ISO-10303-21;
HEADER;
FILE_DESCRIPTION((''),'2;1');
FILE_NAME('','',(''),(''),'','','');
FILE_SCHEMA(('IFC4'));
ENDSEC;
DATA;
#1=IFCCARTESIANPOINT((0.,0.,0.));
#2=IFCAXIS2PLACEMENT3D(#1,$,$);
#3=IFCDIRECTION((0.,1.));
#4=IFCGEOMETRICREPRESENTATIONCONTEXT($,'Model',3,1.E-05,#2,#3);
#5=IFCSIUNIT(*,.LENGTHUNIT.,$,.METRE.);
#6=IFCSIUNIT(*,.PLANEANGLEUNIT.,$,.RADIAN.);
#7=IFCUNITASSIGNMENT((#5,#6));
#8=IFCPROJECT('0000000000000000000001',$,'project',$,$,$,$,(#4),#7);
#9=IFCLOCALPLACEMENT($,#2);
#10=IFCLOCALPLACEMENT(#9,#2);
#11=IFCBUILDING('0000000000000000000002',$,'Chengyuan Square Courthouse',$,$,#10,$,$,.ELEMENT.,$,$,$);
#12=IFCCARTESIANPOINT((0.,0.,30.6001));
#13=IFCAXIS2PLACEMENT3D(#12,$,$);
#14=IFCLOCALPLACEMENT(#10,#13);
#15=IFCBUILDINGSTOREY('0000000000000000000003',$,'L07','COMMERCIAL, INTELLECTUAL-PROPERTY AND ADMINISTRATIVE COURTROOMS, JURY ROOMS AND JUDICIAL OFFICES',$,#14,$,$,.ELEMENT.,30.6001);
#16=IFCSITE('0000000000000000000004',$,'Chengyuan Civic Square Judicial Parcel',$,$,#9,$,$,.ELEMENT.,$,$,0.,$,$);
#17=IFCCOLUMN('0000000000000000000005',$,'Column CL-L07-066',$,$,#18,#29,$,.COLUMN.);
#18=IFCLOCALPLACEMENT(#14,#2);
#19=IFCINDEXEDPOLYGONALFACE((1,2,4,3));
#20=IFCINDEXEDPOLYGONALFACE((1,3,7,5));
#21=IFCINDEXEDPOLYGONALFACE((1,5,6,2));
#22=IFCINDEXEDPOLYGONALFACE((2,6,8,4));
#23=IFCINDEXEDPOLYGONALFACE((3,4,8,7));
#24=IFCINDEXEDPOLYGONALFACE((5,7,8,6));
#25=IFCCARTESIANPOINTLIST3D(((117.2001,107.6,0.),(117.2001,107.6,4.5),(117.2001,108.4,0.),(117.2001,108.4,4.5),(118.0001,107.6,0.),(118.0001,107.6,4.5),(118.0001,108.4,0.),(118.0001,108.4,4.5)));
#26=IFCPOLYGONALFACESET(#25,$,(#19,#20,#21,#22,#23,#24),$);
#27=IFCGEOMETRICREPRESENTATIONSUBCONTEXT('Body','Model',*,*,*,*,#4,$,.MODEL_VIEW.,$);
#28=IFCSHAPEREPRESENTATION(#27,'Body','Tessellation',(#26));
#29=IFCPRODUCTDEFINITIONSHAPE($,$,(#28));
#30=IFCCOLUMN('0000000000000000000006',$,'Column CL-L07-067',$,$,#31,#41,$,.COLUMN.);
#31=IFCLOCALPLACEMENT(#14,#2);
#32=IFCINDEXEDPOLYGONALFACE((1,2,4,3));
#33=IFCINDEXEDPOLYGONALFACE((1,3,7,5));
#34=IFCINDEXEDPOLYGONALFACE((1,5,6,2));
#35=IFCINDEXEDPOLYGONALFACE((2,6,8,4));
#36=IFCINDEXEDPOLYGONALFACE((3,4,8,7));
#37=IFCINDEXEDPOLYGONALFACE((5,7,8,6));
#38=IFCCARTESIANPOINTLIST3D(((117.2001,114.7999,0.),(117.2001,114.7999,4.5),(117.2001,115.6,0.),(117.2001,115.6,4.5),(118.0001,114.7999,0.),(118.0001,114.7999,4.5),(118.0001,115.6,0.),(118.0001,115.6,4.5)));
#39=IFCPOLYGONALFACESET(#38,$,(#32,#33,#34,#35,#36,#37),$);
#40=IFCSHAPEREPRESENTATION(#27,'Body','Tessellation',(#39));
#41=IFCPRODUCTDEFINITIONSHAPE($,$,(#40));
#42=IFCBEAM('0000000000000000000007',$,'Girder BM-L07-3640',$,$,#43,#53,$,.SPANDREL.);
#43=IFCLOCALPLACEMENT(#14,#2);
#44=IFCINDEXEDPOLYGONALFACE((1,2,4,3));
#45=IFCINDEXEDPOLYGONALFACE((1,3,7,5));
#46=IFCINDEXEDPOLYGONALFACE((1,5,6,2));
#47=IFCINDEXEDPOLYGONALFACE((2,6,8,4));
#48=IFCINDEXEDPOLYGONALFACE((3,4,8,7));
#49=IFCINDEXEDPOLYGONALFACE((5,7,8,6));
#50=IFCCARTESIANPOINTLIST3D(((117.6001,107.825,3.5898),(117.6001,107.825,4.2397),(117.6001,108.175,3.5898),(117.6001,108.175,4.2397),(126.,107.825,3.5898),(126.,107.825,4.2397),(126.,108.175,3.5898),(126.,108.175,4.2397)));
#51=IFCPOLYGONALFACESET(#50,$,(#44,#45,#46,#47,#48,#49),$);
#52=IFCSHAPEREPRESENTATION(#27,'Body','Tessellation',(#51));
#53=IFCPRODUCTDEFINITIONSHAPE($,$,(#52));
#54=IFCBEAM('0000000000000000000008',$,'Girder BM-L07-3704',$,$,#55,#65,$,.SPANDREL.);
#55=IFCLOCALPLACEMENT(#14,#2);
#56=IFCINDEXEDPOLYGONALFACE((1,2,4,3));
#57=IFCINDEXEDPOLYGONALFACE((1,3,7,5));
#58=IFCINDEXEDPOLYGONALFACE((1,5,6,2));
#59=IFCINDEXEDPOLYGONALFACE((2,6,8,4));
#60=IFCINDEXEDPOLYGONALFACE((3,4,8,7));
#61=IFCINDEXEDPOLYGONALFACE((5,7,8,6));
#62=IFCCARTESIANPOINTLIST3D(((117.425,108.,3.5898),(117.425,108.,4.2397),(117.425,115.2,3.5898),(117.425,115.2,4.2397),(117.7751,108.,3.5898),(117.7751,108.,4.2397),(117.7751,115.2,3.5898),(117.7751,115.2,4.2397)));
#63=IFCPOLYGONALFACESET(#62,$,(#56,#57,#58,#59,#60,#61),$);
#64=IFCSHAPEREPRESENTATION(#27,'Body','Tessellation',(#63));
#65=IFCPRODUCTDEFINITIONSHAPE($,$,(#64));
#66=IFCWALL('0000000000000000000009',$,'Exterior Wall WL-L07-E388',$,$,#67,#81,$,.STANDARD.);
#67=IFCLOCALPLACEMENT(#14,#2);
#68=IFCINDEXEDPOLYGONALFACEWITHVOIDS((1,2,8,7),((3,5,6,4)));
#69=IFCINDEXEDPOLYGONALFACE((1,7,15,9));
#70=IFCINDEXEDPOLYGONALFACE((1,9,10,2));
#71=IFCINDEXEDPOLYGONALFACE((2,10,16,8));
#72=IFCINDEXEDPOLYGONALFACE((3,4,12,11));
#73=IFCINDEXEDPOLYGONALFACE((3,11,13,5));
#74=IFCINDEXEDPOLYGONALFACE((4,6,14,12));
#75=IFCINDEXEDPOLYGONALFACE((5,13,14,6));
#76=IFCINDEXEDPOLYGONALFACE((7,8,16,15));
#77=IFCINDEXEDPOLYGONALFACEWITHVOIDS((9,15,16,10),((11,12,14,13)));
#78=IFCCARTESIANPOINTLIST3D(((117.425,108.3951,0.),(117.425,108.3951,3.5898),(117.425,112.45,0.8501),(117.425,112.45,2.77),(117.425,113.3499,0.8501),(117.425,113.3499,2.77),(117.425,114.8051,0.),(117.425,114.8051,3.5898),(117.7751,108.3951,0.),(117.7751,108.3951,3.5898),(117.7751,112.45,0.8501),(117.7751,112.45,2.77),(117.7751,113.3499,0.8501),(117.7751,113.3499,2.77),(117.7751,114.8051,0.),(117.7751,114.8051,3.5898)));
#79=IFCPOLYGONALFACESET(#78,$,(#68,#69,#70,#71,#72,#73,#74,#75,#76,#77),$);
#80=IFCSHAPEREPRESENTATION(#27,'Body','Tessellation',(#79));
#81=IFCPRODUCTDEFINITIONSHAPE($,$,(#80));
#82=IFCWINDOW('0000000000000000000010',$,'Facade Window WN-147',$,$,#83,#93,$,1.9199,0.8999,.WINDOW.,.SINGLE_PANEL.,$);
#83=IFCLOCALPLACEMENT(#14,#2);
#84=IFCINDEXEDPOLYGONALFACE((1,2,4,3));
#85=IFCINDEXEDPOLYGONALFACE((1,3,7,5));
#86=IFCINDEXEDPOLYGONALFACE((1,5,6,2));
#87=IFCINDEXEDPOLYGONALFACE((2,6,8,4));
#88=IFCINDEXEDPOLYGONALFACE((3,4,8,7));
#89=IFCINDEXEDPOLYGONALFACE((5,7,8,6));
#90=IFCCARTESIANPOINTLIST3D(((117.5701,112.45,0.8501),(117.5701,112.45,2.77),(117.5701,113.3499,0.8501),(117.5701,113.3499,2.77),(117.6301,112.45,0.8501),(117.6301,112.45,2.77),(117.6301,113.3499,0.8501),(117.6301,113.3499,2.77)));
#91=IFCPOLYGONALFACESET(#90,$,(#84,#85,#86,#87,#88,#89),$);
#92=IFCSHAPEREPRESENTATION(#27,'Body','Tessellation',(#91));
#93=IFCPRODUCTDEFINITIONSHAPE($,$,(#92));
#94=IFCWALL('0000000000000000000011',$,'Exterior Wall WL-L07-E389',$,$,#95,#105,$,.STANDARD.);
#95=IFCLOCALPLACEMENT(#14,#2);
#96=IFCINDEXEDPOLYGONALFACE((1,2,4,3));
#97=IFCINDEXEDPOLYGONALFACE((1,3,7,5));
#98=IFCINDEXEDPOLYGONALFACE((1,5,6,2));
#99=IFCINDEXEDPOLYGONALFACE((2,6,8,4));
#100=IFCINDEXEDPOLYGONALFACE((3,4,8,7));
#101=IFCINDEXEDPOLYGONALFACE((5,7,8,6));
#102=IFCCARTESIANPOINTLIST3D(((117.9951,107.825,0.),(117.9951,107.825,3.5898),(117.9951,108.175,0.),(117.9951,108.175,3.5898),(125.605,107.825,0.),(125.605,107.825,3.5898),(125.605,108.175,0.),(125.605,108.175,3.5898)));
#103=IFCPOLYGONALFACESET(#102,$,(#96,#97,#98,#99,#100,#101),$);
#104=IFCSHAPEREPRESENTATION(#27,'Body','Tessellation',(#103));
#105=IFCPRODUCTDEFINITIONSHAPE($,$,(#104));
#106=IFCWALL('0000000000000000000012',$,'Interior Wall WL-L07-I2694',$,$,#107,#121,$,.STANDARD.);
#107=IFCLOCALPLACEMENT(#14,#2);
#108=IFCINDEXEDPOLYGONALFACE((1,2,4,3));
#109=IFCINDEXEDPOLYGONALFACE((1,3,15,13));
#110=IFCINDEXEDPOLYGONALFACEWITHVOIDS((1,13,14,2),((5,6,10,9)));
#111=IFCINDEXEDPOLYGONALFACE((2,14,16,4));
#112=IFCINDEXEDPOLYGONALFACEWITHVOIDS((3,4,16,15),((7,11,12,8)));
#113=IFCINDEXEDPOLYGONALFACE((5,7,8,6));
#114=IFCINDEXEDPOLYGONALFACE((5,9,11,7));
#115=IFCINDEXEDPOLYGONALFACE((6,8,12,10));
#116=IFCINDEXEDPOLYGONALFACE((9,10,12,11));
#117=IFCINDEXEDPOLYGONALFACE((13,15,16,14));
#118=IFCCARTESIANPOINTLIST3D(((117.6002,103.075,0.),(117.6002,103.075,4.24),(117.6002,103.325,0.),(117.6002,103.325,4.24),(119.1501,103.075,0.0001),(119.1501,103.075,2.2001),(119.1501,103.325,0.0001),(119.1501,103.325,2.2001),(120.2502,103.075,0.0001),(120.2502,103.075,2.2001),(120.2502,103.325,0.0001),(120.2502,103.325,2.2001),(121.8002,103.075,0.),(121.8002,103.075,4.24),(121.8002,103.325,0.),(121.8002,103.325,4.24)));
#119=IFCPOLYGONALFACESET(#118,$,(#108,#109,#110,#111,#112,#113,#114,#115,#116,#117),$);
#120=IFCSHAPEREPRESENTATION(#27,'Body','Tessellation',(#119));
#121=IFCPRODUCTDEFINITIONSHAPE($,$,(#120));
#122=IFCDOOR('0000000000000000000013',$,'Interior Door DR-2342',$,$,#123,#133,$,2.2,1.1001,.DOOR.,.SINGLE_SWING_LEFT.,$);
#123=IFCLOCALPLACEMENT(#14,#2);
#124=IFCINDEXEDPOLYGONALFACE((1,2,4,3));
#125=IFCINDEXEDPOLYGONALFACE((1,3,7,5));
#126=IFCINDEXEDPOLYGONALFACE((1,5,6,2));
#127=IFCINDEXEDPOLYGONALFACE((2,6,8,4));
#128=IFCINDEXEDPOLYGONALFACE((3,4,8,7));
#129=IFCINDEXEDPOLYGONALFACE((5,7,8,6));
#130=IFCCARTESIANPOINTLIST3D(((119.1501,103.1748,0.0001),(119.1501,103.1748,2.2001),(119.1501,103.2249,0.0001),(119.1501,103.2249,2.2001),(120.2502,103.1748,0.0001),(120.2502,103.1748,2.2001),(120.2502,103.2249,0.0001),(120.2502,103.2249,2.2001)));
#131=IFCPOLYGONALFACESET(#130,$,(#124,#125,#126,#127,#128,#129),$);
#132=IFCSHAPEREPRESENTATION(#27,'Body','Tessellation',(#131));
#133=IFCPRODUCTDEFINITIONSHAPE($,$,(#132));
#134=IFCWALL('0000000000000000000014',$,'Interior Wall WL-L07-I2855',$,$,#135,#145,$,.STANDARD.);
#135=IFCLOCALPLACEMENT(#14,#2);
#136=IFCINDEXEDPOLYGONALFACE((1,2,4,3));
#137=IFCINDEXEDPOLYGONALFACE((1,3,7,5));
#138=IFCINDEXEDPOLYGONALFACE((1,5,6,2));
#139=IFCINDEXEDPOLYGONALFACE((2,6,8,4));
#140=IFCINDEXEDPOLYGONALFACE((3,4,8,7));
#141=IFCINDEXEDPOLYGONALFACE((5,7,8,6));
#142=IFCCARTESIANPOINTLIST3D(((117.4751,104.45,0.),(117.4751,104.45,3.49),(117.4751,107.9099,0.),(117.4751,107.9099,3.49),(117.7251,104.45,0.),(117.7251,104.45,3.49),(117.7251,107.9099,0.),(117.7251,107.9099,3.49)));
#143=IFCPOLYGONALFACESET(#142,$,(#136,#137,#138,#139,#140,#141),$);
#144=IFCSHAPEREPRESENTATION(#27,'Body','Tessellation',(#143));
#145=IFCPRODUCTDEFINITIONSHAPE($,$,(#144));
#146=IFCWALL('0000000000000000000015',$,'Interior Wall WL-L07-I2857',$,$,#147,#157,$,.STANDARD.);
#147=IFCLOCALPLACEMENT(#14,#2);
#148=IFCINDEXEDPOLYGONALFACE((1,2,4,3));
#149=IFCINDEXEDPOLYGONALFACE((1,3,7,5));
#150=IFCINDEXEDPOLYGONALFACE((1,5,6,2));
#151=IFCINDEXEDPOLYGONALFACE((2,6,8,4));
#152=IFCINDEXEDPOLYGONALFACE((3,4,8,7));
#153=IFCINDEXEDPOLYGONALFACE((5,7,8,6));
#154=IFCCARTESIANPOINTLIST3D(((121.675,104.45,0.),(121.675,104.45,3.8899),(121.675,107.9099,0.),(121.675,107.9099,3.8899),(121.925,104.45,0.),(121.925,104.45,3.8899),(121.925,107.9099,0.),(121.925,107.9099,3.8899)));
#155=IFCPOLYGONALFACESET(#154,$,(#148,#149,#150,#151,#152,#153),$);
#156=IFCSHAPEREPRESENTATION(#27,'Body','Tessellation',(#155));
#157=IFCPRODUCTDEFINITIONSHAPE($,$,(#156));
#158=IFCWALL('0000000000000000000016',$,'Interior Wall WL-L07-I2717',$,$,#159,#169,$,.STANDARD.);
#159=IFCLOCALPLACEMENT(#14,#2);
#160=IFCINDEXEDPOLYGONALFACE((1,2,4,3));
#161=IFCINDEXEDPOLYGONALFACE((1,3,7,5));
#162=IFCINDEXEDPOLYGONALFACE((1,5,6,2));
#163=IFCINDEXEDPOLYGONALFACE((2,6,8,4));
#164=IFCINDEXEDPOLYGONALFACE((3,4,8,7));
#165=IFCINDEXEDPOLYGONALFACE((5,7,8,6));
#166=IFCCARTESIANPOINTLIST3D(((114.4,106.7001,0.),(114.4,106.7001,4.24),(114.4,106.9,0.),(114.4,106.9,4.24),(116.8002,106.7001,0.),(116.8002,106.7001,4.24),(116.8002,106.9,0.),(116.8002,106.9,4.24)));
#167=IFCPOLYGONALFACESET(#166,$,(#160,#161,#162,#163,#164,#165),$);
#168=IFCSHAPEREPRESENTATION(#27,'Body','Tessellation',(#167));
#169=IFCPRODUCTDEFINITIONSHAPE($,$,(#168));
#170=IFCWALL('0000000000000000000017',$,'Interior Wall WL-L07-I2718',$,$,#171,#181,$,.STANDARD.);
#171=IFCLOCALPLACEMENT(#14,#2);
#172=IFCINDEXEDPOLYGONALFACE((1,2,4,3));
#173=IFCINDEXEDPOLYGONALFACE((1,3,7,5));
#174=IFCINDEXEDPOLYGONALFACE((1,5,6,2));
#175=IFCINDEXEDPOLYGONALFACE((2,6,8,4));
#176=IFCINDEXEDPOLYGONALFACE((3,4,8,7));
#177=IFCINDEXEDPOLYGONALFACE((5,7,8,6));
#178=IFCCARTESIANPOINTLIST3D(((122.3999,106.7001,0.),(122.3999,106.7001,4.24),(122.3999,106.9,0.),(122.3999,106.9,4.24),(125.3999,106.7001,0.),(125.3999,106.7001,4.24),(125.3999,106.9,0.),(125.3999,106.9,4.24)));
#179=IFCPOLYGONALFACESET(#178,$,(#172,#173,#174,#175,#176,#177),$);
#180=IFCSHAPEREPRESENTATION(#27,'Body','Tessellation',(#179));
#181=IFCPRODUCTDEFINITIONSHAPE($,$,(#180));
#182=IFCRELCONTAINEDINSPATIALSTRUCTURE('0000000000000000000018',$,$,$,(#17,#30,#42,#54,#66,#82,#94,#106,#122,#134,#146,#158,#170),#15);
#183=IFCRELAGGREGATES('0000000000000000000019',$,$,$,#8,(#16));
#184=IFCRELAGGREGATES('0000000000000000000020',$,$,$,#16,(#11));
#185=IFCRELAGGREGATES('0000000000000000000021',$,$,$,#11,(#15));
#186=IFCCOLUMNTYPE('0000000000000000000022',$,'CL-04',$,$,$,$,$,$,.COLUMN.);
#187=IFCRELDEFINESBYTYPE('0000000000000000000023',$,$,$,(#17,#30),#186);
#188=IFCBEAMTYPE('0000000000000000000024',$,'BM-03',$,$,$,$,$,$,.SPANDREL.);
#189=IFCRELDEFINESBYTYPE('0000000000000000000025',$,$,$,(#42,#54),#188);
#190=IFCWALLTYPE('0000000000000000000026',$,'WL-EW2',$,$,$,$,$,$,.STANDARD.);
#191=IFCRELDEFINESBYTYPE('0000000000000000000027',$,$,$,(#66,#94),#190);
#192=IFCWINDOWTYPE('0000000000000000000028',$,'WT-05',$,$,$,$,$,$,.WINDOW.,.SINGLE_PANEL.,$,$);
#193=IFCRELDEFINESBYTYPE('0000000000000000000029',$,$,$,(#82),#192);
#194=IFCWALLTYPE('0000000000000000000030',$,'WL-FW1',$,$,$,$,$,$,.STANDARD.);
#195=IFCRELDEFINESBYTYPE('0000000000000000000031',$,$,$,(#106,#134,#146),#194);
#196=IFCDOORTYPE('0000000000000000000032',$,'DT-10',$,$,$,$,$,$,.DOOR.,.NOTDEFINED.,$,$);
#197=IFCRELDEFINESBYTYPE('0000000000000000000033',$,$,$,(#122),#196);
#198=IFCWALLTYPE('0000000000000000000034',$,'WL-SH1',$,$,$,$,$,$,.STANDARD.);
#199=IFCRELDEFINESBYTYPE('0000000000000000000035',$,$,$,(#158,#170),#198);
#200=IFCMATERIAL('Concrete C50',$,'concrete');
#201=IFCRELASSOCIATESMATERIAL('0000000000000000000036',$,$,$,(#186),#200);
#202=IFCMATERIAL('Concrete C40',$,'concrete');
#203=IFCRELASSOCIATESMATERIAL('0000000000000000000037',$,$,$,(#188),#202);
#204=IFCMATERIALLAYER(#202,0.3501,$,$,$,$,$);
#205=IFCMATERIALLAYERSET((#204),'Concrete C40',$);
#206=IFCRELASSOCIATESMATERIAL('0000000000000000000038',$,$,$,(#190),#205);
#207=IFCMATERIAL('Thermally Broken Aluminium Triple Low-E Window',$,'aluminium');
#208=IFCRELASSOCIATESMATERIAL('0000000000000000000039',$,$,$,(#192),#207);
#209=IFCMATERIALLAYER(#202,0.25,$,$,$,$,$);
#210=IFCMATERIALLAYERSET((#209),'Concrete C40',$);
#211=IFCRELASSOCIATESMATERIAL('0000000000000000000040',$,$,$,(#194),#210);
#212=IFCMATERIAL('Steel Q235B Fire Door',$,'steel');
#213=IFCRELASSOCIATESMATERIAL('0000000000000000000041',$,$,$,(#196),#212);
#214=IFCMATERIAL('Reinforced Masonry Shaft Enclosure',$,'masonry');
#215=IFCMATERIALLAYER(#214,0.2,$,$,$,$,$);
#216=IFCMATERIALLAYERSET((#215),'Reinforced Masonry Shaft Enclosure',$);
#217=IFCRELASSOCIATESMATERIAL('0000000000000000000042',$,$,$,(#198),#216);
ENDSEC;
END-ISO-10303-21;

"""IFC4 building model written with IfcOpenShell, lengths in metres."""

from ifc_helpers import new_model, si_unit, direction, frame, frame_2d, origin, origin_2d, place, context, subcontext, project, spatial, rectangle, extrude, material, layer, layer_set, material_profile, profile_set, type_object, element, fill, save


model = new_model("IFC4")

# Units and contexts
model_context = context("Model", 3, precision=1e-05, world=origin(), true_north=direction((0.0, 1.0)))
body_context = subcontext(model_context, "Body", "Model", "MODEL_VIEW")
ifc_project = project(units=[si_unit("LENGTHUNIT", "METRE"), si_unit("PLANEANGLEUNIT", "RADIAN")], contexts=[model_context])

# Site, building, storey
site_placement = place(None, origin())
site = spatial("IfcSite", under=ifc_project, at=site_placement, Name="Chengyuan Civic Square Judicial Parcel", CompositionType="ELEMENT", RefElevation=0.0)
building_placement = place(site_placement, origin())
building = spatial("IfcBuilding", under=site, at=building_placement, Name="Chengyuan Square Courthouse", CompositionType="ELEMENT")
storey_placement = place(building_placement, frame((0.0, 0.0, 30.6001)))
storey = spatial("IfcBuildingStorey", under=building, at=storey_placement, Name="L07", Description="COMMERCIAL, INTELLECTUAL-PROPERTY AND ADMINISTRATIVE COURTROOMS, JURY ROOMS AND JUDICIAL OFFICES", CompositionType="ELEMENT", Elevation=30.6001)

# Columns
ifc_material_1 = material(Name="Concrete C50", Category="concrete")
ifc_material_profile_1 = material_profile(ifc_material_1, rectangle(XDim=0.8, YDim=0.8, at=origin_2d()), Name="RC-COL-800x800")
ifc_profile_set_1 = profile_set([ifc_material_profile_1], Name="Concrete C50")
column_type = type_object("IfcColumnType", Name="CL-04", PredefinedType="COLUMN", material=ifc_profile_set_1)
for number, where, z_axis, x_axis, name in (
    (1, (117.6001, 108.0, 0.0), (0.0, 0.0, 1.0), (1.0, 0.0, 0.0), "Column CL-L07-066"),
    (2, (117.6001, 115.2, 0.0), (0.0, 0.0, 1.0), (1.0, 0.0, 0.0), "Column CL-L07-067"),
):
    element("IfcColumn", number, at=place(storey_placement, frame(where, z_axis=z_axis, x_axis=x_axis)), inside=storey, type_object=column_type, Name=name, PredefinedType="COLUMN", context=body_context, shape_type="SweptSolid", body=[
        extrude(rectangle(XDim=0.8, YDim=0.8, at=origin_2d()), origin(), (0.0, 0.0, 1.0), 4.5),
    ])

# Beams
ifc_material_2 = material(Name="Concrete C40", Category="concrete")
ifc_material_profile_2 = material_profile(ifc_material_2, rectangle(XDim=0.3501, YDim=0.6499, at=origin_2d()), Name="RC-BM-350x650")
ifc_profile_set_2 = profile_set([ifc_material_profile_2], Name="Concrete C40")
beam_type = type_object("IfcBeamType", Name="BM-03", PredefinedType="SPANDREL", material=ifc_profile_set_2)
beam_1_placement = place(storey_placement, frame((117.6001, 108.0, 3.9148), z_axis=(1.0, 0.0, 0.0), x_axis=(0.0, 1.0, 0.0)))
element("IfcBeam", 3, at=beam_1_placement, inside=storey, type_object=beam_type, Name="Girder BM-L07-3640", PredefinedType="SPANDREL", context=body_context, shape_type="SweptSolid", body=[
    extrude(rectangle(XDim=0.3501, YDim=0.6499, at=origin_2d()), origin(), (0.0, 0.0, 1.0), 8.3999),
])
beam_2_placement = place(storey_placement, frame((117.6001, 108.0, 3.9148), z_axis=(0.0, 1.0, 0.0), x_axis=(-1.0, 0.0, 0.0)))
element("IfcBeam", 4, at=beam_2_placement, inside=storey, type_object=beam_type, Name="Girder BM-L07-3704", PredefinedType="SPANDREL", context=body_context, shape_type="SweptSolid", body=[
    extrude(rectangle(XDim=0.3501, YDim=0.6499, at=origin_2d()), origin(), (0.0, 0.0, 1.0), 7.2),
])

# Wall, opening, window
ifc_layer_1 = layer(ifc_material_2, 0.3501)
ifc_layer_set_1 = layer_set([ifc_layer_1], Name="Concrete C40")
wall_type_1 = type_object("IfcWallType", Name="WL-EW2", PredefinedType="STANDARD", material=ifc_layer_set_1)
wall_1_placement = place(storey_placement, frame((117.6001, 108.395, 0.0), z_axis=(0.0, 0.0, 1.0), x_axis=(0.0, 1.0, 0.0)))
wall_1 = element("IfcWall", 5, at=wall_1_placement, inside=storey, type_object=wall_type_1, Name="Exterior Wall WL-L07-E388", PredefinedType="STANDARD", context=body_context, shape_type="SweptSolid", body=[
    extrude(rectangle(XDim=6.4099, YDim=0.3501, at=frame_2d((3.2051, 0.0))), origin(), (0.0, 0.0, 1.0), 3.5898),
])
opening_1_placement = place(wall_1_placement, frame((4.0549, 0.0, 0.8501)))
opening_1 = element("IfcOpeningElement", 6, at=opening_1_placement, cuts=wall_1, PredefinedType="OPENING", context=body_context, shape_type="SweptSolid", body=[
    extrude(rectangle(XDim=0.8999, YDim=1.9199, at=frame_2d((0.45, 0.96))), frame((0.0, 0.187, 0.0), z_axis=(0.0, -1.0, 0.0), x_axis=(1.0, 0.0, 0.0)), (0.0, 0.0, 1.0), 0.374),
])
ifc_material_3 = material(Name="Thermally Broken Aluminium Triple Low-E Window", Category="aluminium")
window_type = type_object("IfcWindowType", Name="WT-05", PartitioningType="SINGLE_PANEL", PredefinedType="WINDOW", material=ifc_material_3)
window_placement = place(opening_1_placement, origin())
window = element("IfcWindow", 7, at=window_placement, inside=storey, type_object=window_type, Name="Facade Window WN-147", OverallHeight=1.9199, OverallWidth=0.8999, PartitioningType="SINGLE_PANEL", PredefinedType="WINDOW", context=body_context, shape_type="SweptSolid", body=[
    extrude(rectangle(XDim=0.8999, YDim=1.9199, at=frame_2d((0.45, 0.96))), frame((0.0, 0.03, 0.0), z_axis=(0.0, -1.0, 0.0), x_axis=(1.0, 0.0, 0.0)), (0.0, 0.0, 1.0), 0.0601),
])
fill(opening_1, window)

# Wall
wall_2_placement = place(storey_placement, frame((117.9951, 108.0, 0.0), z_axis=(0.0, 0.0, 1.0), x_axis=(1.0, 0.0, 0.0)))
element("IfcWall", 8, at=wall_2_placement, inside=storey, type_object=wall_type_1, Name="Exterior Wall WL-L07-E389", PredefinedType="STANDARD", context=body_context, shape_type="SweptSolid", body=[
    extrude(rectangle(XDim=7.6099, YDim=0.3501, at=frame_2d((3.8049, 0.0))), origin(), (0.0, 0.0, 1.0), 3.5898),
])

# Wall, opening, door
ifc_layer_2 = layer(ifc_material_2, 0.25)
ifc_layer_set_2 = layer_set([ifc_layer_2], Name="Concrete C40")
wall_type_2 = type_object("IfcWallType", Name="WL-FW1", PredefinedType="STANDARD", material=ifc_layer_set_2)
wall_3_placement = place(storey_placement, frame((117.6001, 103.2, 0.0), z_axis=(0.0, 0.0, 1.0), x_axis=(1.0, 0.0, 0.0)))
wall_3 = element("IfcWall", 9, at=wall_3_placement, inside=storey, type_object=wall_type_2, Name="Interior Wall WL-L07-I2694", PredefinedType="STANDARD", context=body_context, shape_type="SweptSolid", body=[
    extrude(rectangle(XDim=4.2, YDim=0.25, at=frame_2d((2.1001, 0.0))), origin(), (0.0, 0.0, 1.0), 4.24),
])
opening_2_placement = place(wall_3_placement, frame((1.55, 0.0, 0.0)))
opening_2 = element("IfcOpeningElement", 10, at=opening_2_placement, cuts=wall_3, PredefinedType="OPENING", context=body_context, shape_type="SweptSolid", body=[
    extrude(rectangle(XDim=1.1001, YDim=2.2, at=frame_2d((0.55, 1.1001))), frame((0.0, 0.137, 0.0), z_axis=(0.0, -1.0, 0.0), x_axis=(1.0, 0.0, 0.0)), (0.0, 0.0, 1.0), 0.2739),
])
ifc_material_4 = material(Name="Steel Q235B Fire Door", Category="steel")
door_type_1 = type_object("IfcDoorType", Name="DT-10", OperationType="NOTDEFINED", PredefinedType="DOOR", material=ifc_material_4)
door_1_placement = place(opening_2_placement, origin())
door_1 = element("IfcDoor", 11, at=door_1_placement, inside=storey, type_object=door_type_1, Name="Interior Door DR-2342", OperationType="SINGLE_SWING_LEFT", OverallHeight=2.2, OverallWidth=1.1001, PredefinedType="DOOR", context=body_context, shape_type="SweptSolid", body=[
    extrude(rectangle(XDim=1.1001, YDim=2.2, at=frame_2d((0.55, 1.1001))), frame((0.0, 0.0249, 0.0), z_axis=(0.0, -1.0, 0.0), x_axis=(1.0, 0.0, 0.0)), (0.0, 0.0, 1.0), 0.05),
])
fill(opening_2, door_1)

# Walls
wall_4_placement = place(storey_placement, frame((117.6001, 104.45, 0.0), z_axis=(0.0, 0.0, 1.0), x_axis=(0.0, 1.0, 0.0)))
element("IfcWall", 12, at=wall_4_placement, inside=storey, type_object=wall_type_2, Name="Interior Wall WL-L07-I2855", PredefinedType="STANDARD", context=body_context, shape_type="SweptSolid", body=[
    extrude(rectangle(XDim=3.46, YDim=0.25, at=frame_2d((1.73, 0.0))), origin(), (0.0, 0.0, 1.0), 3.49),
])
wall_5_placement = place(storey_placement, frame((121.8, 104.45, 0.0), z_axis=(0.0, 0.0, 1.0), x_axis=(0.0, 1.0, 0.0)))
element("IfcWall", 13, at=wall_5_placement, inside=storey, type_object=wall_type_2, Name="Interior Wall WL-L07-I2857", PredefinedType="STANDARD", context=body_context, shape_type="SweptSolid", body=[
    extrude(rectangle(XDim=3.46, YDim=0.25, at=frame_2d((1.73, 0.0))), origin(), (0.0, 0.0, 1.0), 3.8899),
])

# Shared definitions
ifc_material_5 = material(Name="Reinforced Masonry Shaft Enclosure", Category="masonry")
ifc_layer_3 = layer(ifc_material_5, 0.2)
ifc_layer_set_3 = layer_set([ifc_layer_3], Name="Reinforced Masonry Shaft Enclosure")
wall_type_3 = type_object("IfcWallType", Name="WL-SH1", PredefinedType="STANDARD", material=ifc_layer_set_3)

# Walls
wall_6_placement = place(storey_placement, frame((114.3999, 106.8, 0.0), z_axis=(0.0, 0.0, 1.0), x_axis=(1.0, 0.0, 0.0)))
element("IfcWall", 14, at=wall_6_placement, inside=storey, type_object=wall_type_3, Name="Interior Wall WL-L07-I2717", PredefinedType="STANDARD", context=body_context, shape_type="SweptSolid", body=[
    extrude(rectangle(XDim=2.4001, YDim=0.2, at=frame_2d((1.2002, 0.0))), origin(), (0.0, 0.0, 1.0), 4.24),
])
wall_7_placement = place(storey_placement, frame((122.3999, 106.8, 0.0), z_axis=(0.0, 0.0, 1.0), x_axis=(1.0, 0.0, 0.0)))
element("IfcWall", 15, at=wall_7_placement, inside=storey, type_object=wall_type_3, Name="Interior Wall WL-L07-I2718", PredefinedType="STANDARD", context=body_context, shape_type="SweptSolid", body=[
    extrude(rectangle(XDim=3.0, YDim=0.2, at=frame_2d((1.5, 0.0))), origin(), (0.0, 0.0, 1.0), 4.24),
])

save(model, "model.ifc")
